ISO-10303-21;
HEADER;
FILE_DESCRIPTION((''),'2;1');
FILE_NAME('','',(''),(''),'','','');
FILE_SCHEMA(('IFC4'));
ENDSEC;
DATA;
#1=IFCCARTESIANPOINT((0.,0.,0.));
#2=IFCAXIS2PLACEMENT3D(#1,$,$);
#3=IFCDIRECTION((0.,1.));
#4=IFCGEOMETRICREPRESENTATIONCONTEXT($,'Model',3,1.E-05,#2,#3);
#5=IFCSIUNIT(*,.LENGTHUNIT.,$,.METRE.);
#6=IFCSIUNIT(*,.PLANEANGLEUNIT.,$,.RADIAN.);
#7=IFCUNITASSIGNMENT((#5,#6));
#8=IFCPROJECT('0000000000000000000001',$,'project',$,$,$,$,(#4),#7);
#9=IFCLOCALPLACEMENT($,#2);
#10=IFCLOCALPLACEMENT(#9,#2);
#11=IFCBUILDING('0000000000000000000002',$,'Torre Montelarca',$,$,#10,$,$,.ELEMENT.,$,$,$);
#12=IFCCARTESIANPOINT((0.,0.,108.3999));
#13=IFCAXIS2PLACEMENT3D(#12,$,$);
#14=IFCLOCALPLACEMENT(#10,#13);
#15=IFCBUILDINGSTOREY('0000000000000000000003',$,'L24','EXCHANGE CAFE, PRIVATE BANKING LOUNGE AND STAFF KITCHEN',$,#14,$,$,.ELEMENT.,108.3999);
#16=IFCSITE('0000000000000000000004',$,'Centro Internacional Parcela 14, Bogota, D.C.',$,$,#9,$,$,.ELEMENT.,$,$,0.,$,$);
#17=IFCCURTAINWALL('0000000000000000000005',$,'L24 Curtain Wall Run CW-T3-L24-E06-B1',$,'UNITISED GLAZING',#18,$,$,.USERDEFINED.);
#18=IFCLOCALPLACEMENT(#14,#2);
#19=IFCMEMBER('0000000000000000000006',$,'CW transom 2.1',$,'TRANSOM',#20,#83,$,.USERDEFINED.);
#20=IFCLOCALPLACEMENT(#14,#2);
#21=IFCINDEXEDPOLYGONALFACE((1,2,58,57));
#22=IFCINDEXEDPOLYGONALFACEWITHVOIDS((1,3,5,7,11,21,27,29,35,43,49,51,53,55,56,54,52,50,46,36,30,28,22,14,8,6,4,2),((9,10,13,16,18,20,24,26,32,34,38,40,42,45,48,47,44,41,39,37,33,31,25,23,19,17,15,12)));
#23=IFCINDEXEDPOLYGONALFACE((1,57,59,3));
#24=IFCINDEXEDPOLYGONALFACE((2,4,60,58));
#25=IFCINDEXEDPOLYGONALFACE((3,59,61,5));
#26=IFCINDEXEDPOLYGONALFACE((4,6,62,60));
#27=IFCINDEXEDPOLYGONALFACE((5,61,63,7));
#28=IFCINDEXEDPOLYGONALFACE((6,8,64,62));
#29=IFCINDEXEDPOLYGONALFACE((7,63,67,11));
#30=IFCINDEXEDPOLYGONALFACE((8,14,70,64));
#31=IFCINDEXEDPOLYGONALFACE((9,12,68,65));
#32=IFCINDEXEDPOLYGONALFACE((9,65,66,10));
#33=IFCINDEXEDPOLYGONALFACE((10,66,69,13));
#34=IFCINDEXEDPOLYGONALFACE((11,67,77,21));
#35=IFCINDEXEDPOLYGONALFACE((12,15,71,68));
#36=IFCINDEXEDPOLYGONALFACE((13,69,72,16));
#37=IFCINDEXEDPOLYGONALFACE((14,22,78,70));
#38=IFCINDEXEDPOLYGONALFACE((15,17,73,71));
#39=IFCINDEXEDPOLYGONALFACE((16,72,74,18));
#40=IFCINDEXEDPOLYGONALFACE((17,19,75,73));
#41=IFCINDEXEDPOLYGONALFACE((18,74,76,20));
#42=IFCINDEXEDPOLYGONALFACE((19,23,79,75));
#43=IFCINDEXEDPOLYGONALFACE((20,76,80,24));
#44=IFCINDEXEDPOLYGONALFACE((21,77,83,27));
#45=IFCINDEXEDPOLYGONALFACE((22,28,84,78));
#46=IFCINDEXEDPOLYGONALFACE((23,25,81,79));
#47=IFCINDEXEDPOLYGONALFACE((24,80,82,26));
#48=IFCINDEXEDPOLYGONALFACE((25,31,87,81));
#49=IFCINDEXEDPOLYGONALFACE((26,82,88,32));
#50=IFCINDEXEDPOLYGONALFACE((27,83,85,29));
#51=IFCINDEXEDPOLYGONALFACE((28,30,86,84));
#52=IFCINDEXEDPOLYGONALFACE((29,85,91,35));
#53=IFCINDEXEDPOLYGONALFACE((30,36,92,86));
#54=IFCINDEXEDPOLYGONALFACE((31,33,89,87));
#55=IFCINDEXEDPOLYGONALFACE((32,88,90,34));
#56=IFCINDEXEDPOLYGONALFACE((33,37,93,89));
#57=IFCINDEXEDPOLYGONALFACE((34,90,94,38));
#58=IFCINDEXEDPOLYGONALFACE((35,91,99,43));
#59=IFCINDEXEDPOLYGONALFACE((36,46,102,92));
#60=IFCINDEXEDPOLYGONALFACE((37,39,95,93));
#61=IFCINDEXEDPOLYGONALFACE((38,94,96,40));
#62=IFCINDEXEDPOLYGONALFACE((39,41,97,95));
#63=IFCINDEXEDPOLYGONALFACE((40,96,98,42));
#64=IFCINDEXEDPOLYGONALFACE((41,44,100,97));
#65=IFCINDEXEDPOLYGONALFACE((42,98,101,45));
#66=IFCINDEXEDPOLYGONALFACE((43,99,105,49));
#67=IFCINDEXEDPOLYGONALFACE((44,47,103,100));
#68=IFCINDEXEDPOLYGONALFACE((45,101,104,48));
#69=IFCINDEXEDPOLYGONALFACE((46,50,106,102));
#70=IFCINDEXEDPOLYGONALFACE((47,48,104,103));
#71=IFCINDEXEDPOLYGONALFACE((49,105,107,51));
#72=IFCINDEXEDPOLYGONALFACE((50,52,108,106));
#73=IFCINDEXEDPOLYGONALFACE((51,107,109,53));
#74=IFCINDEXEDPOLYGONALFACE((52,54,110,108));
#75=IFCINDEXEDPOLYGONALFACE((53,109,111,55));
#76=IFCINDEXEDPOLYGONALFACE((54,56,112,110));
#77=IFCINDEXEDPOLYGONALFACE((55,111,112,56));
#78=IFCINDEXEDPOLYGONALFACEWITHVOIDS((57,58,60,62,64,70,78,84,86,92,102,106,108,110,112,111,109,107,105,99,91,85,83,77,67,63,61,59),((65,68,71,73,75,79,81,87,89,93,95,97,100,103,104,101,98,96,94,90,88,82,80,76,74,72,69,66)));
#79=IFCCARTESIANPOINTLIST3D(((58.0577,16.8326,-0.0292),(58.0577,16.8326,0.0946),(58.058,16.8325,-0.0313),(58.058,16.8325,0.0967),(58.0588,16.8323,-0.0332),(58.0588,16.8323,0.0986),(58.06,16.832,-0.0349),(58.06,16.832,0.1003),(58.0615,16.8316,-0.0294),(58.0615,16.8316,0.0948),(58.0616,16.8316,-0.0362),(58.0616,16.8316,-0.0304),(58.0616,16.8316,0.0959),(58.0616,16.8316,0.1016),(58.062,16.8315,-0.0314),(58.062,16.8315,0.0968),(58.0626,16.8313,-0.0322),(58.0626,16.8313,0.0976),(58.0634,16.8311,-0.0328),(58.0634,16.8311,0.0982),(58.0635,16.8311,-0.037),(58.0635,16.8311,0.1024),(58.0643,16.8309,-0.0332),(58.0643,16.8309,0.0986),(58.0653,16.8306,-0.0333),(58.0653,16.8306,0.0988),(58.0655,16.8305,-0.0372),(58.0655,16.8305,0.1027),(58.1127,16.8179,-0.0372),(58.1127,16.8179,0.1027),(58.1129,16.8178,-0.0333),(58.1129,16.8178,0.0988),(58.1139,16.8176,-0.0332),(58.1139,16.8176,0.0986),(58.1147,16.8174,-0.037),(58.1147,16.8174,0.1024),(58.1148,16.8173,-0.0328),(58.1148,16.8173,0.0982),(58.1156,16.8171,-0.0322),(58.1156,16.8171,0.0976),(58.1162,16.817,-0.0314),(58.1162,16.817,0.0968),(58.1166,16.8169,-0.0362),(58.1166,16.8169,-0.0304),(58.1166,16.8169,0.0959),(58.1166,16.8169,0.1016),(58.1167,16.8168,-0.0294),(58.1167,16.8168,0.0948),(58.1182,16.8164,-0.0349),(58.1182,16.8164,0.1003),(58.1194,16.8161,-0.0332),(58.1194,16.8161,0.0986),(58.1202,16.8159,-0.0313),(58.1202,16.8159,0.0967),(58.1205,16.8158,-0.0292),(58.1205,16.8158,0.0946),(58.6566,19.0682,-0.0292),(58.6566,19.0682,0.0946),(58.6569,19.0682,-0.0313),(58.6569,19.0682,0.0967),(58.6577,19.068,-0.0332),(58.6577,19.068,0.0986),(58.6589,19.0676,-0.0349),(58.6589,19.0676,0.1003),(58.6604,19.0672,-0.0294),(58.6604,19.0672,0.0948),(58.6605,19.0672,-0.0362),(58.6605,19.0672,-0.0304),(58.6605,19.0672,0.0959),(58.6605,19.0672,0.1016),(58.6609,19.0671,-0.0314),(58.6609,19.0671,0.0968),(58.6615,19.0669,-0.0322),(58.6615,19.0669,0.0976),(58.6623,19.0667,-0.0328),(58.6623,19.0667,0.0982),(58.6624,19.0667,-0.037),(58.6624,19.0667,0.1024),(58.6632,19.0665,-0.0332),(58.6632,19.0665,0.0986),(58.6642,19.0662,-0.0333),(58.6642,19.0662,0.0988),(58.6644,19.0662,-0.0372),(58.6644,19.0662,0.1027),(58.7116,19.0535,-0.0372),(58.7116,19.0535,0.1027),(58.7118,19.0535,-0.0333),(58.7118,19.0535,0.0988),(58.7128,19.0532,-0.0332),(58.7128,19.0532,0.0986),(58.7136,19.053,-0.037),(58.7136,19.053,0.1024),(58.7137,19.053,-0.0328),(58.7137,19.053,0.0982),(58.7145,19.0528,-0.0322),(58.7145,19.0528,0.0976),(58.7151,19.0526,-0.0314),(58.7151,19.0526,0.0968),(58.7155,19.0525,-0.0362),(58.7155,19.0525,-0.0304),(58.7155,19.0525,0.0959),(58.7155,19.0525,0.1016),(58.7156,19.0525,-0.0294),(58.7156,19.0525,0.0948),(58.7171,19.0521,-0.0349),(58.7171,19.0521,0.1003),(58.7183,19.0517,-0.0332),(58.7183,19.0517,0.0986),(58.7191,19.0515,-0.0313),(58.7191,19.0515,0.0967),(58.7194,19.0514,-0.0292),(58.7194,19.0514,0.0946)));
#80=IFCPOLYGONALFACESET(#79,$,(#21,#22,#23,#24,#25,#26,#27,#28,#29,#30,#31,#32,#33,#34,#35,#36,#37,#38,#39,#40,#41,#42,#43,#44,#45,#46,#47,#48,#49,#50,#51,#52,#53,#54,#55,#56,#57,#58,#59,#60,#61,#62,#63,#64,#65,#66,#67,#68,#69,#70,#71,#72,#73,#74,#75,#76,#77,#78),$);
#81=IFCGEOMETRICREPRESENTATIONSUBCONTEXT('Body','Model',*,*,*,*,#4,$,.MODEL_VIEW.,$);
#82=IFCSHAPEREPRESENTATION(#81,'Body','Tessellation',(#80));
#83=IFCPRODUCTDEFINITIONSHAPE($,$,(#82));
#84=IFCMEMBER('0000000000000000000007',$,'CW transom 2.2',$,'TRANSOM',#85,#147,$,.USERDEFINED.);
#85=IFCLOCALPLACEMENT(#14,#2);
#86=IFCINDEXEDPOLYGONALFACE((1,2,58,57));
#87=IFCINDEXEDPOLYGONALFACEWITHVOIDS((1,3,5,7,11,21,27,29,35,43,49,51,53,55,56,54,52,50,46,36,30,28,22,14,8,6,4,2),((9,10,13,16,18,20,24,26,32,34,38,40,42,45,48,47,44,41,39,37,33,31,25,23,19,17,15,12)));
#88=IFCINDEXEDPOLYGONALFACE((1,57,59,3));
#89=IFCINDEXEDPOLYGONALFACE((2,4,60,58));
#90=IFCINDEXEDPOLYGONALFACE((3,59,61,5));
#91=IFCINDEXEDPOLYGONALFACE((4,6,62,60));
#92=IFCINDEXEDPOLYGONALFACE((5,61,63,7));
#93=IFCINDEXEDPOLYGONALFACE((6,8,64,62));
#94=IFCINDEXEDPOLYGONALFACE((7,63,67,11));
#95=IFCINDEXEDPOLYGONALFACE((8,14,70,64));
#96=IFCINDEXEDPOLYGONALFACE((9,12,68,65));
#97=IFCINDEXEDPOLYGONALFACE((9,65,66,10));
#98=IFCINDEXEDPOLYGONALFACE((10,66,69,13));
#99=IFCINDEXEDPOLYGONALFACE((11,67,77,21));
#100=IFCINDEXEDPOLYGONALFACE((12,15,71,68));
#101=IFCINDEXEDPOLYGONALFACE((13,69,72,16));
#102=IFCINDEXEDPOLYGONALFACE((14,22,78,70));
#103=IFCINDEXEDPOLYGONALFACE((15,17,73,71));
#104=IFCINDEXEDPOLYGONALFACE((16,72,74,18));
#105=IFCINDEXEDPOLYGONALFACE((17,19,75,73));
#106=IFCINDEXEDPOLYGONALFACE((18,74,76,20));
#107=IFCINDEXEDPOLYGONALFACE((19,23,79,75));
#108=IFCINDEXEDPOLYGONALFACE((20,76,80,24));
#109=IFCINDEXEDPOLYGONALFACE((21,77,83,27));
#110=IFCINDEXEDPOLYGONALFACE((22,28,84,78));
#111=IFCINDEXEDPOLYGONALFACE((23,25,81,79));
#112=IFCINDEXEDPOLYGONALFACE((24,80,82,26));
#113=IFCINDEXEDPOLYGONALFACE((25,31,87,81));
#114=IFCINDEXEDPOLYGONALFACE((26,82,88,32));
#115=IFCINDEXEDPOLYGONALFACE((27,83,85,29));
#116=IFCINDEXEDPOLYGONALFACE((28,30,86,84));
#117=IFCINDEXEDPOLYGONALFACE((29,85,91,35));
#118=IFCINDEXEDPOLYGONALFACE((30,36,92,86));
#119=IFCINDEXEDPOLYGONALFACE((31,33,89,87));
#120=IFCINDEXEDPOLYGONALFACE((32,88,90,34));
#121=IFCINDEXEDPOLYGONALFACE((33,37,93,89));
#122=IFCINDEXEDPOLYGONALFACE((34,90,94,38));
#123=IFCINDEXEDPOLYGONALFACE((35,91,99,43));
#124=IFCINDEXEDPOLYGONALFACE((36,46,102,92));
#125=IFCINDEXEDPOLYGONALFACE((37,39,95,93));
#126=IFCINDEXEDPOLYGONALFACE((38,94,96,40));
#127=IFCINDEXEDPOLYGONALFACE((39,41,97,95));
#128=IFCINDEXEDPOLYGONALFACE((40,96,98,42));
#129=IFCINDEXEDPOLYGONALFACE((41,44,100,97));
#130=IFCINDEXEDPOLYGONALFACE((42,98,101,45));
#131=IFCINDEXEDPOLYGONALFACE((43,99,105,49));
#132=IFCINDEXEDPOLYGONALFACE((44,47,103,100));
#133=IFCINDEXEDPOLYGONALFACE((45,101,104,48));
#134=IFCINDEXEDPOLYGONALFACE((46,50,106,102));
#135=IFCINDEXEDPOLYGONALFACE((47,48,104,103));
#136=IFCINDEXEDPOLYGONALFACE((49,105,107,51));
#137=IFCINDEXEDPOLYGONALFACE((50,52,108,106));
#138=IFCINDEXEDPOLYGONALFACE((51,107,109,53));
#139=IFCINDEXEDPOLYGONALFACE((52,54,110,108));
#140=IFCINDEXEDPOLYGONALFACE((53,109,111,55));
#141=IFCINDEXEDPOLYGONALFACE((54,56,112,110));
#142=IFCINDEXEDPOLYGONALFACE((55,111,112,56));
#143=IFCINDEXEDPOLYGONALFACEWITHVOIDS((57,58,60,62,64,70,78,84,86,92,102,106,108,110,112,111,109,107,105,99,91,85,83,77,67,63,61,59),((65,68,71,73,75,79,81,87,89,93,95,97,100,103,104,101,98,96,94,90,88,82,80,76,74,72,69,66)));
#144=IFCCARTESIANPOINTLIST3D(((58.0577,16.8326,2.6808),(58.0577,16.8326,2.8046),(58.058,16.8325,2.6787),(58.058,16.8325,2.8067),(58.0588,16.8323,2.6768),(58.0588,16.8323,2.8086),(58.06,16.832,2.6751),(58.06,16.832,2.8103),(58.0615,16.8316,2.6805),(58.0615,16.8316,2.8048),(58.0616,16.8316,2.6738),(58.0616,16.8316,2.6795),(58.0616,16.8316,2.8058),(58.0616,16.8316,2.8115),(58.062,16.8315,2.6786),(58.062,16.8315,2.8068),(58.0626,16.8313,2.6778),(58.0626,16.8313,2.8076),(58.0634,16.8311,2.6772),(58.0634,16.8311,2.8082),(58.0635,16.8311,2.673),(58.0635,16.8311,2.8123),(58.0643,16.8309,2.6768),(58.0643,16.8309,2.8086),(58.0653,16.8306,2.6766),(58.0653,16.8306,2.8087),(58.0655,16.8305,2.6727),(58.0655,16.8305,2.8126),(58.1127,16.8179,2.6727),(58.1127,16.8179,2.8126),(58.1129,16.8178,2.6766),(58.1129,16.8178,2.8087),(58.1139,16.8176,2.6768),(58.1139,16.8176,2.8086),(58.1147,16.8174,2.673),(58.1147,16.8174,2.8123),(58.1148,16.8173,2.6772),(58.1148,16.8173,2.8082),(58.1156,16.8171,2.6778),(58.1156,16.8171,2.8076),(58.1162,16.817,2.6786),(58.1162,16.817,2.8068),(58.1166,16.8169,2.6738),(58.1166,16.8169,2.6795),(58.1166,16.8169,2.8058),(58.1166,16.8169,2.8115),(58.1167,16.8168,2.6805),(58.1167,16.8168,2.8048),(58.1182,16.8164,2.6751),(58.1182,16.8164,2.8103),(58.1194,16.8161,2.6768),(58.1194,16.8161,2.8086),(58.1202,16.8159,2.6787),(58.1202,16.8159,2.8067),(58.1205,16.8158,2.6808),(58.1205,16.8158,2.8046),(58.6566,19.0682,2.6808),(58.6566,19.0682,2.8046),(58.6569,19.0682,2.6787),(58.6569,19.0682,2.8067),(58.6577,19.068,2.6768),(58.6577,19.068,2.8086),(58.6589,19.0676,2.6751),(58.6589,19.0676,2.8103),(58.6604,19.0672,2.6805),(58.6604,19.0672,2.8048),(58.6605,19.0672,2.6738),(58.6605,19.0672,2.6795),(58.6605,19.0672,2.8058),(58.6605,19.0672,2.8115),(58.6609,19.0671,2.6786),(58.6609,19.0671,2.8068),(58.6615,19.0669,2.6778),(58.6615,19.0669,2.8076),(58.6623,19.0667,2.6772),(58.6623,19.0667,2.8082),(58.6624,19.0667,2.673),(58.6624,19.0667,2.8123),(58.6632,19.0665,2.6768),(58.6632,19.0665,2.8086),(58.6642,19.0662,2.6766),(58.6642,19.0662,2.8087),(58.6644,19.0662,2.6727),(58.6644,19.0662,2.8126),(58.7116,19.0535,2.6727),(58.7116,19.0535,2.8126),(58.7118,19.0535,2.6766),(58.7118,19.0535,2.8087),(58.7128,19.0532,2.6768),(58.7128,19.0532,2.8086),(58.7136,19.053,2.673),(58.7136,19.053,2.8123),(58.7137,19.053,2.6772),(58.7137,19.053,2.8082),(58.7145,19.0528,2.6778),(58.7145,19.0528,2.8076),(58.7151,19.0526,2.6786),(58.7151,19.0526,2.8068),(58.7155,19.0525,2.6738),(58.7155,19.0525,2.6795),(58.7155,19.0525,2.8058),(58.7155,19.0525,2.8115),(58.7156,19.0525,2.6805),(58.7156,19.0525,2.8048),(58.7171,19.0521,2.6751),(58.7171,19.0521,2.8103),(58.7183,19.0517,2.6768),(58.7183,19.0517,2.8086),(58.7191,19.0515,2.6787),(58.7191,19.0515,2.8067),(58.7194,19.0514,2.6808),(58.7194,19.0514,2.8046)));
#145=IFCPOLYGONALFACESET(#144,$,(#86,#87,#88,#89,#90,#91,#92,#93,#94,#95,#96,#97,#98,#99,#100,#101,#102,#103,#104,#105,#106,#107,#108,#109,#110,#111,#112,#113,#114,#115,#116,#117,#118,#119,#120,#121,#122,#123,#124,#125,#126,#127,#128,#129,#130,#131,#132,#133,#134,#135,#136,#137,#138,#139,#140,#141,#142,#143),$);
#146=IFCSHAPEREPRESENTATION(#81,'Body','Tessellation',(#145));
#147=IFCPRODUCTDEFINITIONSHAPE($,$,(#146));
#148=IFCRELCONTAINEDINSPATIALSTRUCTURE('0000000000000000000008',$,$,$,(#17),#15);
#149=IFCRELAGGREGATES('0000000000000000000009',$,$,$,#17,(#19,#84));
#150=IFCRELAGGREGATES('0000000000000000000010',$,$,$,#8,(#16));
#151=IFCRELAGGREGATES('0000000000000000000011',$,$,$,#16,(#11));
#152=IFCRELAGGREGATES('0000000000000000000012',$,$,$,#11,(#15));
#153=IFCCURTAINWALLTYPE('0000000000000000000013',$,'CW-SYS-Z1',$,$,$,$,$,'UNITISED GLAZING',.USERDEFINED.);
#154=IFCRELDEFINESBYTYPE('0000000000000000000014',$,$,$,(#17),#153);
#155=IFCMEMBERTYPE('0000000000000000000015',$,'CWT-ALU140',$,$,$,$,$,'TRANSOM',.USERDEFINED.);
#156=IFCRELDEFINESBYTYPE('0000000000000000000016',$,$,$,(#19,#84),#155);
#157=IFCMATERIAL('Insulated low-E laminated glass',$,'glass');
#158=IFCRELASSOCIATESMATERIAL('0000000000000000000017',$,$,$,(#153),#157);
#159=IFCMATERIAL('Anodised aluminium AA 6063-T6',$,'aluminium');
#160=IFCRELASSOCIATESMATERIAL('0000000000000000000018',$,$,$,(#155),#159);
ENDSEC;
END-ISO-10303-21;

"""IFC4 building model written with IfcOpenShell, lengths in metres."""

from ifc_helpers import new_model, si_unit, direction, frame, origin, origin_2d, place, context, subcontext, project, spatial, hollow_rectangle, extrude, source, transform, mapped, material, material_profile, profile_set, type_object, element, aggregate, save


model = new_model("IFC4")

# Units and contexts
model_context = context("Model", 3, precision=1e-05, world=origin(), true_north=direction((0.0, 1.0)))
body_context = subcontext(model_context, "Body", "Model", "MODEL_VIEW")
ifc_project = project(units=[si_unit("LENGTHUNIT", "METRE"), si_unit("PLANEANGLEUNIT", "RADIAN")], contexts=[model_context])

# Site, building, storey
site_placement = place(None, origin())
site = spatial("IfcSite", under=ifc_project, at=site_placement, Name="Centro Internacional Parcela 14, Bogota, D.C.", CompositionType="ELEMENT", RefElevation=0.0)
building_placement = place(site_placement, origin())
building = spatial("IfcBuilding", under=site, at=building_placement, Name="Torre Montelarca", CompositionType="ELEMENT")
storey_placement = place(building_placement, frame((0.0, 0.0, 108.3999)))
storey = spatial("IfcBuildingStorey", under=building, at=storey_placement, Name="L24", Description="EXCHANGE CAFE, PRIVATE BANKING LOUNGE AND STAFF KITCHEN", CompositionType="ELEMENT", Elevation=108.3999)

# Curtain wall
ifc_material_1 = material(Name="Insulated low-E laminated glass", Category="glass")
curtain_wall_type = type_object("IfcCurtainWallType", Name="CW-SYS-Z1", ElementType="UNITISED GLAZING", PredefinedType="USERDEFINED", material=ifc_material_1)
curtain_wall_1_placement = place(storey_placement, origin())
curtain_wall_1 = element("IfcCurtainWall", 1, at=curtain_wall_1_placement, inside=storey, type_object=curtain_wall_type, Name="L24 Curtain Wall Run CW-T3-L24-E06-B1", ObjectType="UNITISED GLAZING", PredefinedType="USERDEFINED")
ifc_material_2 = material(Name="Anodised aluminium AA 6063-T6", Category="aluminium")
ifc_material_profile_1 = material_profile(ifc_material_2, hollow_rectangle(XDim=0.0649, YDim=0.1399, WallThickness=0.0039, InnerFilletRadius=0.0039, OuterFilletRadius=0.0081, at=origin_2d()), Name="ALU65X140X4", Category="aluminium")
ifc_profile_set_1 = profile_set([ifc_material_profile_1], Name="Anodised aluminium AA 6063-T6")
member_type_1 = type_object("IfcMemberType", Name="CWT-ALU140", ElementType="TRANSOM", PredefinedType="USERDEFINED", material=ifc_profile_set_1)

# Members
shared_shape_1 = source(origin(), body_context, "Body", "SweptSolid", [
    extrude(hollow_rectangle(XDim=0.0649, YDim=0.1399, WallThickness=0.0039, InnerFilletRadius=0.0039, OuterFilletRadius=0.0081, at=origin_2d()), origin(), (0.0, 0.0, 1.0), 2.3145),
])
member_1_placement = place(storey_placement, frame((58.0891, 16.8242, 0.0327), z_axis=(0.258759, 0.965942, 0.0), x_axis=(-0.965942, 0.258759, 0.0)))
member_1 = element("IfcMember", 2, at=member_1_placement, type_object=member_type_1, Name="CW transom 2.1", ObjectType="TRANSOM", PredefinedType="USERDEFINED", context=body_context, shape_type="MappedRepresentation", body=[
    mapped(shared_shape_1, transform((0.0, 0.0, 0.0), scale=1.0)),
])
member_2_placement = place(storey_placement, frame((58.0891, 16.8242, 2.7427), z_axis=(0.258759, 0.965942, 0.0), x_axis=(-0.965942, 0.258759, 0.0)))
member_2 = element("IfcMember", 3, at=member_2_placement, type_object=member_type_1, Name="CW transom 2.2", ObjectType="TRANSOM", PredefinedType="USERDEFINED", context=body_context, shape_type="MappedRepresentation", body=[
    mapped(shared_shape_1, transform((0.0, 0.0, 0.0), scale=1.0)),
])

aggregate(curtain_wall_1, [member_1, member_2])

save(model, "model.ifc")
